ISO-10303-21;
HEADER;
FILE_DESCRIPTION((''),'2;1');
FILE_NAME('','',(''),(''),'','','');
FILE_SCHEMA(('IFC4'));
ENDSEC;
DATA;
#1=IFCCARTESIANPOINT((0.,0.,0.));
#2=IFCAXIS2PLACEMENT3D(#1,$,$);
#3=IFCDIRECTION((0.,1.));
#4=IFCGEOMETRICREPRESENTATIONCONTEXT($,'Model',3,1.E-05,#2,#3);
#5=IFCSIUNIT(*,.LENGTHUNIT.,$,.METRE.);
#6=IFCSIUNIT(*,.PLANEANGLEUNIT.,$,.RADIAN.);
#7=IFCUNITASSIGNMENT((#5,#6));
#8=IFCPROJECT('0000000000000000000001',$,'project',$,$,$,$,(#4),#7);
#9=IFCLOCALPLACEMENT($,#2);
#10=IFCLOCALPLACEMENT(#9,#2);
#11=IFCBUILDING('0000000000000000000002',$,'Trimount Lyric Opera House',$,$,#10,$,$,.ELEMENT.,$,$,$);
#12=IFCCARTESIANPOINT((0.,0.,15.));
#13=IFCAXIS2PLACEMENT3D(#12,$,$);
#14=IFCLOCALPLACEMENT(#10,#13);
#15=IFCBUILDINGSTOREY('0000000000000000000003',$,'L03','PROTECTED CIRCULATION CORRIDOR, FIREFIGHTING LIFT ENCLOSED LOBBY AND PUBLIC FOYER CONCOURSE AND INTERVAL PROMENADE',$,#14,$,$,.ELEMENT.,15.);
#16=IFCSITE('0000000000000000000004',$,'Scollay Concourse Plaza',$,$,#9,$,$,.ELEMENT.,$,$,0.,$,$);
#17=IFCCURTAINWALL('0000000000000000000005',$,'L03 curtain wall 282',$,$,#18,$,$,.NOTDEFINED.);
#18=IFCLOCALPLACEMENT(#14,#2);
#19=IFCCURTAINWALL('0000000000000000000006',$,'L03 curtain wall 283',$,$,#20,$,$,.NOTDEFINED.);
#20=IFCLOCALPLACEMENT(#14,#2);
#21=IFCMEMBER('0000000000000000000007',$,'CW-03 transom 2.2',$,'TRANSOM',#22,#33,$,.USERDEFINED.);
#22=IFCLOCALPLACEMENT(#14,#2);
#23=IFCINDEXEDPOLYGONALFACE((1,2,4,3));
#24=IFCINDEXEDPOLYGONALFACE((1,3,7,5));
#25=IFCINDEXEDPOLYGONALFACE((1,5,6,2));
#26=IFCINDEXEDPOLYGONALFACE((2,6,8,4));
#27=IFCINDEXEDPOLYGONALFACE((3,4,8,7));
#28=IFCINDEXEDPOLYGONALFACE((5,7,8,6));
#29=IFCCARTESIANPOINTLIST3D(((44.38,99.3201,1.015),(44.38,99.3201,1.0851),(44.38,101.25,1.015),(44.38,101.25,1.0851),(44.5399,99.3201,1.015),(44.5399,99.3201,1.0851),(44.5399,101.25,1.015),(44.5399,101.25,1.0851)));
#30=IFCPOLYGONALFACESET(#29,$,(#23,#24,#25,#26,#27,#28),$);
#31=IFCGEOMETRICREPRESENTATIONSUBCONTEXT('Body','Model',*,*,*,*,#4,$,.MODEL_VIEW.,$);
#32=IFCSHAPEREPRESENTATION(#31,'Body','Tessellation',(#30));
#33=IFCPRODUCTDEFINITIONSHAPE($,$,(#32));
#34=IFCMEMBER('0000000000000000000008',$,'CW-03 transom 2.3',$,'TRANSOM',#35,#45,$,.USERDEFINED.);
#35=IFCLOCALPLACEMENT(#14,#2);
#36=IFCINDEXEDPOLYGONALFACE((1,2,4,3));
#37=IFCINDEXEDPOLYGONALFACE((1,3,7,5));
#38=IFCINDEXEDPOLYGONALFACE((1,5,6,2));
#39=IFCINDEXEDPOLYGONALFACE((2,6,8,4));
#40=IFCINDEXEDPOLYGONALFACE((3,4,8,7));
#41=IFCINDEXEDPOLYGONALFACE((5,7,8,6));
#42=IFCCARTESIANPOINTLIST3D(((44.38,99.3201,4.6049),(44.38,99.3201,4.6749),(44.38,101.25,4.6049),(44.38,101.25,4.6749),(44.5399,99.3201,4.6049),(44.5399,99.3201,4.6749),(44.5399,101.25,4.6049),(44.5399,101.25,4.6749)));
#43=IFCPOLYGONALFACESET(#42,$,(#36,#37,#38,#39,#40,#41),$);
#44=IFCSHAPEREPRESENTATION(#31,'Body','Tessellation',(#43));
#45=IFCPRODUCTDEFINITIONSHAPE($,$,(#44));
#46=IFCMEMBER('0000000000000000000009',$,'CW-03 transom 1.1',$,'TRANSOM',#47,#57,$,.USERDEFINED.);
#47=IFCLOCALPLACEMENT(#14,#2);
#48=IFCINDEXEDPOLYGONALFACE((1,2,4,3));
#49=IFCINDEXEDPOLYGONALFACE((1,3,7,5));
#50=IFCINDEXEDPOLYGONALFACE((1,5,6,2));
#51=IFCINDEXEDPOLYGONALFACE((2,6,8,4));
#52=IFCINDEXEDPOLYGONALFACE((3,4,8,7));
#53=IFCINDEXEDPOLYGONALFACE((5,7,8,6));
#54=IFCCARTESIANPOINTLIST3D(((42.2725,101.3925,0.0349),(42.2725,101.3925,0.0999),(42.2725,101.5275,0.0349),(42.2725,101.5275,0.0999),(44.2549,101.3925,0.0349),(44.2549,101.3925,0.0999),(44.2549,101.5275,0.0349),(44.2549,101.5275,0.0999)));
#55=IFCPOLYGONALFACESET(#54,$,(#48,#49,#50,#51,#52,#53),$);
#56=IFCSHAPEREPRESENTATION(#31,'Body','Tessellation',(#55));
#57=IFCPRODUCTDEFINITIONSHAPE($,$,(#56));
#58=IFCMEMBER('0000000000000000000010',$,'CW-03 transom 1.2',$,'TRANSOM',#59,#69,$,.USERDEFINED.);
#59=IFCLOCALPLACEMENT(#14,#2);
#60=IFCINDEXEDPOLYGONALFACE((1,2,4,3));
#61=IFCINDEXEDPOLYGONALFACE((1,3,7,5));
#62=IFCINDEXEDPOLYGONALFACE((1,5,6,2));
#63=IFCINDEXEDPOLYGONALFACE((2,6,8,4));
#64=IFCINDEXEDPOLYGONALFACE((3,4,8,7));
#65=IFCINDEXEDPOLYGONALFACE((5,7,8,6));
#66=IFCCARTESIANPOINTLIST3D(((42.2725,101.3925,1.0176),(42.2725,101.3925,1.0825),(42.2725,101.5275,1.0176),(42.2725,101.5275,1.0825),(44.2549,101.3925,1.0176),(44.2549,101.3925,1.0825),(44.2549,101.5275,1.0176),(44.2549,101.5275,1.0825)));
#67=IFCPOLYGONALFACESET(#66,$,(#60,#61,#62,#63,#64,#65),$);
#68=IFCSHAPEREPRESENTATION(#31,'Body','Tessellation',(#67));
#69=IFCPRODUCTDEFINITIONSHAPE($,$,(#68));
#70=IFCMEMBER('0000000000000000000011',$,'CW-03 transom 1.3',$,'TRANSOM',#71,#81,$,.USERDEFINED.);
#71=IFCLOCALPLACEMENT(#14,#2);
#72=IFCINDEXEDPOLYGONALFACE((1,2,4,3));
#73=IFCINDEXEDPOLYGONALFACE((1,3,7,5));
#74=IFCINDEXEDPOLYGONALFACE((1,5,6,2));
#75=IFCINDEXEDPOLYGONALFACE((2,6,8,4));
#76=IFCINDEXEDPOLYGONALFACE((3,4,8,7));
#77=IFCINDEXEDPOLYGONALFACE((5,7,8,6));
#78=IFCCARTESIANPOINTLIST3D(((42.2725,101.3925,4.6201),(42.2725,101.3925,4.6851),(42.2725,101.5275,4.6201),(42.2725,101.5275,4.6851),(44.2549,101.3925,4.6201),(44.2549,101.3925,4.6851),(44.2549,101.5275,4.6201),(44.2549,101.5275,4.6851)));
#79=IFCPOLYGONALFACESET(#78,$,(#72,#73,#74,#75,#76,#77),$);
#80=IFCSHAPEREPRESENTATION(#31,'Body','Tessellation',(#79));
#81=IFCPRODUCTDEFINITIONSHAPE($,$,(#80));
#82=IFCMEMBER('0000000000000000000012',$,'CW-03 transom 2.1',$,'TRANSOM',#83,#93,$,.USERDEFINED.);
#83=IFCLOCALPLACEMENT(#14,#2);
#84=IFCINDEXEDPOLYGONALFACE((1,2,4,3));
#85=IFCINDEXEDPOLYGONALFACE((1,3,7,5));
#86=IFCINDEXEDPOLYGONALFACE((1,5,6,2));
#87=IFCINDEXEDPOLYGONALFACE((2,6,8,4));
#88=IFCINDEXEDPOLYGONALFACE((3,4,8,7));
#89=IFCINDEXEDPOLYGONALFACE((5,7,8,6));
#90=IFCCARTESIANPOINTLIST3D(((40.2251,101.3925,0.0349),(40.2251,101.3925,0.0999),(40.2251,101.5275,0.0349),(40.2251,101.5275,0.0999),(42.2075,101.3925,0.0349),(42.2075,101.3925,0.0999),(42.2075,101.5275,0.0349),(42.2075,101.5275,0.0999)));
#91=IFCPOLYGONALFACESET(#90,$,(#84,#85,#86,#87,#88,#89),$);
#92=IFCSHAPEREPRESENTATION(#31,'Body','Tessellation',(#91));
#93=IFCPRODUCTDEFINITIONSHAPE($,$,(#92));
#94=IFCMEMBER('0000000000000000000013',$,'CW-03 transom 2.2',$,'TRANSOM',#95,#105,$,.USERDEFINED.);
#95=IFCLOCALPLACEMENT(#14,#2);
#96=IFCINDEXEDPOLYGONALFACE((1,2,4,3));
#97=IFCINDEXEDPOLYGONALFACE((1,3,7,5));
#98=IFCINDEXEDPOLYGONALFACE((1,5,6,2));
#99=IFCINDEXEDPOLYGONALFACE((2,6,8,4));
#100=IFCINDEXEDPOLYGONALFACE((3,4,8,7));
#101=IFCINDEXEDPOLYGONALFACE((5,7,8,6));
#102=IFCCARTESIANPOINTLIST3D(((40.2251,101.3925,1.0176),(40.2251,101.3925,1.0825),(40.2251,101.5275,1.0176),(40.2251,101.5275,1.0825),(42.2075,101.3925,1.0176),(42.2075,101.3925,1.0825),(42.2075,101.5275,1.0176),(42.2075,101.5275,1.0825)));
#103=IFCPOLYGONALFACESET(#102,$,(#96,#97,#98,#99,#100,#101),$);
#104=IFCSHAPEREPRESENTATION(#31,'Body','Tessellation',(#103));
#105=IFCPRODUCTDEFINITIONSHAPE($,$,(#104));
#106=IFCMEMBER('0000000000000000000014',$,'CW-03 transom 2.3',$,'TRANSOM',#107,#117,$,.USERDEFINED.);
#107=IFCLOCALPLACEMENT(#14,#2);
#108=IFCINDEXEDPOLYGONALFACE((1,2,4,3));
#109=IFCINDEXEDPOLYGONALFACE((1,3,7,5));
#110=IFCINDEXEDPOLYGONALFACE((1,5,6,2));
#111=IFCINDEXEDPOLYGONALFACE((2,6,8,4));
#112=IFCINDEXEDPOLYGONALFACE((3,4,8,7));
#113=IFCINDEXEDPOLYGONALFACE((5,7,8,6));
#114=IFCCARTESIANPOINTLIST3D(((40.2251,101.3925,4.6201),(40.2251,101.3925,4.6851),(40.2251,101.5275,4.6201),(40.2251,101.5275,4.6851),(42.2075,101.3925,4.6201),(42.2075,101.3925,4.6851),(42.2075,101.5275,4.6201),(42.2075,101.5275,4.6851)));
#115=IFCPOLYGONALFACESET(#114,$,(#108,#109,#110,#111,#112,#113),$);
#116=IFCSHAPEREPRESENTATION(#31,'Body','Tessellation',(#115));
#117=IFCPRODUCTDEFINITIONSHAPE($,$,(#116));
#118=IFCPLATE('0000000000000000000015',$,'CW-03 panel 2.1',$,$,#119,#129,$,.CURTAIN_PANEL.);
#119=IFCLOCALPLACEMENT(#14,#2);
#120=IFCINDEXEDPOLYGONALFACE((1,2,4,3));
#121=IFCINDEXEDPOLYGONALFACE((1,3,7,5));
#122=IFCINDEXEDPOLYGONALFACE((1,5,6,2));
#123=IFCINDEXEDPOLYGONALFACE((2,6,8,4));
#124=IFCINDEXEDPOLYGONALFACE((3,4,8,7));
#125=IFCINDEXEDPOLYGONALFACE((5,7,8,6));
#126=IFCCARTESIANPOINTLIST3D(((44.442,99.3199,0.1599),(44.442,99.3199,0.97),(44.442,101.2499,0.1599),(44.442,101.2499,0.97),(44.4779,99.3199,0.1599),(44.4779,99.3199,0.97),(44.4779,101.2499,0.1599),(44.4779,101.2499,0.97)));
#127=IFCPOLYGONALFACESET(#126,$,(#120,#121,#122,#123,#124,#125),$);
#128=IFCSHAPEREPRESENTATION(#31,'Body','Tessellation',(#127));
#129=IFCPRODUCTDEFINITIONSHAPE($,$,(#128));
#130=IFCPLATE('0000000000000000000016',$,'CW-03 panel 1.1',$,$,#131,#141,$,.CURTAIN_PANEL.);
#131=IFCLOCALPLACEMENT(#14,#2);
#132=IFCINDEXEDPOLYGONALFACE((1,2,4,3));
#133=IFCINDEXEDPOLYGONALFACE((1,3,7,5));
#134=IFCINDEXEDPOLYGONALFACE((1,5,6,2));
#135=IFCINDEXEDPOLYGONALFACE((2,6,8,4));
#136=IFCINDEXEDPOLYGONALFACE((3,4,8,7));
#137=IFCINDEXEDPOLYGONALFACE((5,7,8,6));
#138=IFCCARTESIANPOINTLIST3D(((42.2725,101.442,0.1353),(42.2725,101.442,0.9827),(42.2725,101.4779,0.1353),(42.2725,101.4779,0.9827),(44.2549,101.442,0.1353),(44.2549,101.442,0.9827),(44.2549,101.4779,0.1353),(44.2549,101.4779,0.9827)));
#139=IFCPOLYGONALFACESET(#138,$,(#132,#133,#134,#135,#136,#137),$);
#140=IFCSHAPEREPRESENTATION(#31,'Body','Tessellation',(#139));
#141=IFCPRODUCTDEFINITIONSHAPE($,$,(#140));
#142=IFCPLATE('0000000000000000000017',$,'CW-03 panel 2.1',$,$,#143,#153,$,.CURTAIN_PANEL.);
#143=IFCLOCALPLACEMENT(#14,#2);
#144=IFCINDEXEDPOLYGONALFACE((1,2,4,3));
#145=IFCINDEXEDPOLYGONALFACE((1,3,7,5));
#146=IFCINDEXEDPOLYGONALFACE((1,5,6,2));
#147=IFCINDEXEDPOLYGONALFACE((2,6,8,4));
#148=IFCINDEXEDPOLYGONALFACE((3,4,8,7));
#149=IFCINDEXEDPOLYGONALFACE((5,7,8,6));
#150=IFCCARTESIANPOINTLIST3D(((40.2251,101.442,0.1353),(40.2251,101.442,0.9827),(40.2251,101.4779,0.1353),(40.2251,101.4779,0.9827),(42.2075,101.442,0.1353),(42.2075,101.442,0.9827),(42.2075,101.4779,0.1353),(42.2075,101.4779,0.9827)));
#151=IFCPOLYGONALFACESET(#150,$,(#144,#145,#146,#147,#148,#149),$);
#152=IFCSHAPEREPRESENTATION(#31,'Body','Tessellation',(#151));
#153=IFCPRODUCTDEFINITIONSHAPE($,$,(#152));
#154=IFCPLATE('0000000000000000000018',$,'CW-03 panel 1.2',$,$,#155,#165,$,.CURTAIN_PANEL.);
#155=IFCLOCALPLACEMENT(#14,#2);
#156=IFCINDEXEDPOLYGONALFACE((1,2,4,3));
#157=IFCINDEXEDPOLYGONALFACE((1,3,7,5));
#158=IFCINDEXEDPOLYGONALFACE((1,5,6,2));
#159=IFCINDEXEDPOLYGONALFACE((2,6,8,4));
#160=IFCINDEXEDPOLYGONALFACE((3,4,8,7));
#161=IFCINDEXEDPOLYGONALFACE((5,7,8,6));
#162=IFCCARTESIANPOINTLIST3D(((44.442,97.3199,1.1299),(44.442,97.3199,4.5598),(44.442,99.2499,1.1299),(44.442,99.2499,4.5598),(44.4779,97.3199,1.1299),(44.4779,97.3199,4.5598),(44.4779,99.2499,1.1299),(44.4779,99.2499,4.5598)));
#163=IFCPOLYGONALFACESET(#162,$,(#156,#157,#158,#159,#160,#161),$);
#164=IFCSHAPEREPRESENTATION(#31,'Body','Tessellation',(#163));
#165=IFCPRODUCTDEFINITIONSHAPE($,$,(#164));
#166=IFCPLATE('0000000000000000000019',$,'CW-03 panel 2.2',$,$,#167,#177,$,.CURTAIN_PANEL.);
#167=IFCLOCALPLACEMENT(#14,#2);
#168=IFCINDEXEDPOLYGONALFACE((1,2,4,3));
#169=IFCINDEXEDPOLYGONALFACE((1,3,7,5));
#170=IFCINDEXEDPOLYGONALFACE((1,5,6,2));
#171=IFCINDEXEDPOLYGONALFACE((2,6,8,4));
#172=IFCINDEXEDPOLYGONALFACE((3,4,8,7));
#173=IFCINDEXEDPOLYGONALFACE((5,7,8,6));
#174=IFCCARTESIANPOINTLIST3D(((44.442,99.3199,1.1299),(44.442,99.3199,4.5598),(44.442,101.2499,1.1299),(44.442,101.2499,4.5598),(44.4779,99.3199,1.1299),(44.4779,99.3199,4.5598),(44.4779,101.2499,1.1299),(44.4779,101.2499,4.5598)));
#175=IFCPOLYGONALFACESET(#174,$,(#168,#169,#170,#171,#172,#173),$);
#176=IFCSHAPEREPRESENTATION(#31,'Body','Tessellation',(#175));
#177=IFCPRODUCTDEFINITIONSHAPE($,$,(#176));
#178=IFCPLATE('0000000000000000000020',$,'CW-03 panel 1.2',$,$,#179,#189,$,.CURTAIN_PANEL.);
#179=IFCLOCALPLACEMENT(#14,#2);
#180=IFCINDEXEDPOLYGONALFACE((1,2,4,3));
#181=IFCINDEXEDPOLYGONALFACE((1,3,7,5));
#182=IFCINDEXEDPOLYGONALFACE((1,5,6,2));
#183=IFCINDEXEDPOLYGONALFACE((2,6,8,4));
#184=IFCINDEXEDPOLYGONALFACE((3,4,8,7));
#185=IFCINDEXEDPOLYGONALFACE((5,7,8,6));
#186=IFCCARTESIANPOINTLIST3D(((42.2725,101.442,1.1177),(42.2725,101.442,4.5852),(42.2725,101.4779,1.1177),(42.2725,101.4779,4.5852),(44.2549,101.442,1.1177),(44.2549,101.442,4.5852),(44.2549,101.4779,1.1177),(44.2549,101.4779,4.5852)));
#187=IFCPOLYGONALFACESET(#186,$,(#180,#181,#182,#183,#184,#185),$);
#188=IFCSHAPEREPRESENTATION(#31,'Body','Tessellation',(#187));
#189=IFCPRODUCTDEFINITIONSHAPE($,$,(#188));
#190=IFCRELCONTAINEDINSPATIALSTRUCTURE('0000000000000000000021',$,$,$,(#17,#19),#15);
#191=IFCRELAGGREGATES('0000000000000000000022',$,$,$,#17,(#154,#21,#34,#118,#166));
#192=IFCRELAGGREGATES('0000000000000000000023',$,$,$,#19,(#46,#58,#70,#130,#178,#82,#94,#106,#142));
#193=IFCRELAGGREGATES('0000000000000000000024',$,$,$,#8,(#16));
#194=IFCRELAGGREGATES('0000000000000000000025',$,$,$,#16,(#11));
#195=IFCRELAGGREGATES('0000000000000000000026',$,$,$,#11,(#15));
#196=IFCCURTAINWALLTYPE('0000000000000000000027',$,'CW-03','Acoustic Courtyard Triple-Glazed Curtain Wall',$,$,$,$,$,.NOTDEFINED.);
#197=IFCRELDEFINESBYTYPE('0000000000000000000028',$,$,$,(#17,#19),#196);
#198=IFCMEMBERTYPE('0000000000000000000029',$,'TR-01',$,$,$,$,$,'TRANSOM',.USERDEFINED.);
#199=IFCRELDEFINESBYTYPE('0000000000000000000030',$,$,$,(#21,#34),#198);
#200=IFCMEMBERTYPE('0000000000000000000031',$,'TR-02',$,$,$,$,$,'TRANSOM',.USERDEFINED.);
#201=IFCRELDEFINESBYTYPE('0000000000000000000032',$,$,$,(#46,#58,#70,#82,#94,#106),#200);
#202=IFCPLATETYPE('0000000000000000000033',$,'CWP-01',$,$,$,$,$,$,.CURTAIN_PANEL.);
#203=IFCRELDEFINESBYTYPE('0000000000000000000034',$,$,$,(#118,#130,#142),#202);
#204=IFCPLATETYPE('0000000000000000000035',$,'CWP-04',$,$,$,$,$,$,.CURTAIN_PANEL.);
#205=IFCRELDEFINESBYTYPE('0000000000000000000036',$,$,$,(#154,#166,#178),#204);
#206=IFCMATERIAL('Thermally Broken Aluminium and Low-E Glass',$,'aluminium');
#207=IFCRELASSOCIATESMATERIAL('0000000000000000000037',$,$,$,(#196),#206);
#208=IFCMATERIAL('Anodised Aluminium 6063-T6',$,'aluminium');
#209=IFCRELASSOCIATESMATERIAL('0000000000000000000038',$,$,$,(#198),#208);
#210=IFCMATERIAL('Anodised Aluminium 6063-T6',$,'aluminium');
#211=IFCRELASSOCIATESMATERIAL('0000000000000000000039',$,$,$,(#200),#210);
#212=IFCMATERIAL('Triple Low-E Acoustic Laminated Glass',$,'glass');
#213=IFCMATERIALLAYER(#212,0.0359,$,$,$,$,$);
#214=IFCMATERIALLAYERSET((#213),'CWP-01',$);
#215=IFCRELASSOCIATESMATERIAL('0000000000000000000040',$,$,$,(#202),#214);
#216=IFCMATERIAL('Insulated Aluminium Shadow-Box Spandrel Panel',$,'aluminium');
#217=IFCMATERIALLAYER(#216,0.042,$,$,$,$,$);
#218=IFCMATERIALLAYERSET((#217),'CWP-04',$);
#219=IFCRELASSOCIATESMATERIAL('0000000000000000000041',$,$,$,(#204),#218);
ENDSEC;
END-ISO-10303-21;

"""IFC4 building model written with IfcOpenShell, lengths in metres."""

from ifc_helpers import new_model, si_unit, direction, frame, origin, origin_2d, place, context, subcontext, project, spatial, rectangle, extrude, material, layer, layer_set, material_profile, profile_set, type_object, element, aggregate, save


model = new_model("IFC4")

# Units and contexts
model_context = context("Model", 3, precision=1e-05, world=origin(), true_north=direction((0.0, 1.0)))
body_context = subcontext(model_context, "Body", "Model", "MODEL_VIEW")
ifc_project = project(units=[si_unit("LENGTHUNIT", "METRE"), si_unit("PLANEANGLEUNIT", "RADIAN")], contexts=[model_context])

# Site, building, storey
site_placement = place(None, origin())
site = spatial("IfcSite", under=ifc_project, at=site_placement, Name="Scollay Concourse Plaza", CompositionType="ELEMENT", RefElevation=0.0)
building_placement = place(site_placement, origin())
building = spatial("IfcBuilding", under=site, at=building_placement, Name="Trimount Lyric Opera House", CompositionType="ELEMENT")
storey_placement = place(building_placement, frame((0.0, 0.0, 15.0)))
storey = spatial("IfcBuildingStorey", under=building, at=storey_placement, Name="L03", Description="PROTECTED CIRCULATION CORRIDOR, FIREFIGHTING LIFT ENCLOSED LOBBY AND PUBLIC FOYER CONCOURSE AND INTERVAL PROMENADE", CompositionType="ELEMENT", Elevation=15.0)

# Curtain walls
ifc_material_1 = material(Name="Thermally Broken Aluminium and Low-E Glass", Category="aluminium")
curtain_wall_type = type_object("IfcCurtainWallType", Name="CW-03", Description="Acoustic Courtyard Triple-Glazed Curtain Wall", PredefinedType="NOTDEFINED", material=ifc_material_1)
curtain_wall_1_placement = place(storey_placement, origin())
curtain_wall_1 = element("IfcCurtainWall", 1, at=curtain_wall_1_placement, inside=storey, type_object=curtain_wall_type, Name="L03 curtain wall 282", PredefinedType="NOTDEFINED")
curtain_wall_2_placement = place(storey_placement, origin())
curtain_wall_2 = element("IfcCurtainWall", 2, at=curtain_wall_2_placement, inside=storey, type_object=curtain_wall_type, Name="L03 curtain wall 283", PredefinedType="NOTDEFINED")

# Members
ifc_material_2 = material(Name="Anodised Aluminium 6063-T6", Category="aluminium")
ifc_material_profile_1 = material_profile(ifc_material_2, rectangle(XDim=0.1599, YDim=0.0701, at=origin_2d()), Name="ALU-TRAN-70X160")
ifc_profile_set_1 = profile_set([ifc_material_profile_1], Name="Anodised Aluminium 6063-T6")
member_type_1 = type_object("IfcMemberType", Name="TR-01", ElementType="TRANSOM", PredefinedType="USERDEFINED", material=ifc_profile_set_1)
member_1_placement = place(storey_placement, frame((44.46, 99.3201, 1.05), z_axis=(0.0, 1.0, 0.0), x_axis=(-1.0, 0.0, 0.0)))
member_1 = element("IfcMember", 3, at=member_1_placement, type_object=member_type_1, Name="CW-03 transom 2.2", ObjectType="TRANSOM", PredefinedType="USERDEFINED", context=body_context, shape_type="SweptSolid", body=[
    extrude(rectangle(XDim=0.1599, YDim=0.0701, at=origin_2d()), origin(), (0.0, 0.0, 1.0), 1.9299),
])
member_2_placement = place(storey_placement, frame((44.46, 99.3201, 4.6399), z_axis=(0.0, 1.0, 0.0), x_axis=(-1.0, 0.0, 0.0)))
member_2 = element("IfcMember", 4, at=member_2_placement, type_object=member_type_1, Name="CW-03 transom 2.3", ObjectType="TRANSOM", PredefinedType="USERDEFINED", context=body_context, shape_type="SweptSolid", body=[
    extrude(rectangle(XDim=0.1599, YDim=0.0701, at=origin_2d()), origin(), (0.0, 0.0, 1.0), 1.9299),
])
ifc_material_3 = material(Name="Anodised Aluminium 6063-T6", Category="aluminium")
ifc_material_profile_2 = material_profile(ifc_material_3, rectangle(XDim=0.135, YDim=0.0649, at=origin_2d()), Name="ALU-TRAN-65X135")
ifc_profile_set_2 = profile_set([ifc_material_profile_2], Name="Anodised Aluminium 6063-T6")
member_type_2 = type_object("IfcMemberType", Name="TR-02", ElementType="TRANSOM", PredefinedType="USERDEFINED", material=ifc_profile_set_2)
member_3_placement = place(storey_placement, frame((44.2549, 101.46, 0.0674), z_axis=(-1.0, 0.0, 0.0), x_axis=(0.0, -1.0, 0.0)))
member_3 = element("IfcMember", 5, at=member_3_placement, type_object=member_type_2, Name="CW-03 transom 1.1", ObjectType="TRANSOM", PredefinedType="USERDEFINED", context=body_context, shape_type="SweptSolid", body=[
    extrude(rectangle(XDim=0.135, YDim=0.0649, at=origin_2d()), origin(), (0.0, 0.0, 1.0), 1.9824),
])
member_4_placement = place(storey_placement, frame((44.2549, 101.46, 1.05), z_axis=(-1.0, 0.0, 0.0), x_axis=(0.0, -1.0, 0.0)))
member_4 = element("IfcMember", 6, at=member_4_placement, type_object=member_type_2, Name="CW-03 transom 1.2", ObjectType="TRANSOM", PredefinedType="USERDEFINED", context=body_context, shape_type="SweptSolid", body=[
    extrude(rectangle(XDim=0.135, YDim=0.0649, at=origin_2d()), origin(), (0.0, 0.0, 1.0), 1.9824),
])
member_5_placement = place(storey_placement, frame((44.2549, 101.46, 4.6526), z_axis=(-1.0, 0.0, 0.0), x_axis=(0.0, -1.0, 0.0)))
member_5 = element("IfcMember", 7, at=member_5_placement, type_object=member_type_2, Name="CW-03 transom 1.3", ObjectType="TRANSOM", PredefinedType="USERDEFINED", context=body_context, shape_type="SweptSolid", body=[
    extrude(rectangle(XDim=0.135, YDim=0.0649, at=origin_2d()), origin(), (0.0, 0.0, 1.0), 1.9824),
])
member_6_placement = place(storey_placement, frame((42.2075, 101.46, 0.0674), z_axis=(-1.0, 0.0, 0.0), x_axis=(0.0, -1.0, 0.0)))
member_6 = element("IfcMember", 8, at=member_6_placement, type_object=member_type_2, Name="CW-03 transom 2.1", ObjectType="TRANSOM", PredefinedType="USERDEFINED", context=body_context, shape_type="SweptSolid", body=[
    extrude(rectangle(XDim=0.135, YDim=0.0649, at=origin_2d()), origin(), (0.0, 0.0, 1.0), 1.9824),
])
member_7_placement = place(storey_placement, frame((42.2075, 101.46, 1.05), z_axis=(-1.0, 0.0, 0.0), x_axis=(0.0, -1.0, 0.0)))
member_7 = element("IfcMember", 9, at=member_7_placement, type_object=member_type_2, Name="CW-03 transom 2.2", ObjectType="TRANSOM", PredefinedType="USERDEFINED", context=body_context, shape_type="SweptSolid", body=[
    extrude(rectangle(XDim=0.135, YDim=0.0649, at=origin_2d()), origin(), (0.0, 0.0, 1.0), 1.9824),
])
member_8_placement = place(storey_placement, frame((42.2075, 101.46, 4.6526), z_axis=(-1.0, 0.0, 0.0), x_axis=(0.0, -1.0, 0.0)))
member_8 = element("IfcMember", 10, at=member_8_placement, type_object=member_type_2, Name="CW-03 transom 2.3", ObjectType="TRANSOM", PredefinedType="USERDEFINED", context=body_context, shape_type="SweptSolid", body=[
    extrude(rectangle(XDim=0.135, YDim=0.0649, at=origin_2d()), origin(), (0.0, 0.0, 1.0), 1.9824),
])

# Plates
ifc_material_4 = material(Name="Triple Low-E Acoustic Laminated Glass", Category="glass")
ifc_layer_1 = layer(ifc_material_4, 0.0359)
ifc_layer_set_1 = layer_set([ifc_layer_1], Name="CWP-01")
plate_type_1 = type_object("IfcPlateType", Name="CWP-01", PredefinedType="CURTAIN_PANEL", material=ifc_layer_set_1)
plate_1_placement = place(storey_placement, frame((44.46, 100.2849, 0.1599), z_axis=(0.0, 0.0, 1.0), x_axis=(0.0, 1.0, 0.0)))
plate_1 = element("IfcPlate", 11, at=plate_1_placement, type_object=plate_type_1, Name="CW-03 panel 2.1", PredefinedType="CURTAIN_PANEL", context=body_context, shape_type="SweptSolid", body=[
    extrude(rectangle(XDim=1.9299, YDim=0.0359, at=origin_2d()), origin(), (0.0, 0.0, 1.0), 0.8101),
])
plate_2_placement = place(storey_placement, frame((43.2637, 101.46, 0.1353), z_axis=(0.0, 0.0, 1.0), x_axis=(-1.0, 0.0, 0.0)))
plate_2 = element("IfcPlate", 12, at=plate_2_placement, type_object=plate_type_1, Name="CW-03 panel 1.1", PredefinedType="CURTAIN_PANEL", context=body_context, shape_type="SweptSolid", body=[
    extrude(rectangle(XDim=1.9824, YDim=0.0359, at=origin_2d()), origin(), (0.0, 0.0, 1.0), 0.8474),
])
plate_3_placement = place(storey_placement, frame((41.2163, 101.46, 0.1353), z_axis=(0.0, 0.0, 1.0), x_axis=(-1.0, 0.0, 0.0)))
plate_3 = element("IfcPlate", 13, at=plate_3_placement, type_object=plate_type_1, Name="CW-03 panel 2.1", PredefinedType="CURTAIN_PANEL", context=body_context, shape_type="SweptSolid", body=[
    extrude(rectangle(XDim=1.9824, YDim=0.0359, at=origin_2d()), origin(), (0.0, 0.0, 1.0), 0.8474),
])
ifc_material_5 = material(Name="Insulated Aluminium Shadow-Box Spandrel Panel", Category="aluminium")
ifc_layer_2 = layer(ifc_material_5, 0.042)
ifc_layer_set_2 = layer_set([ifc_layer_2], Name="CWP-04")
plate_type_2 = type_object("IfcPlateType", Name="CWP-04", PredefinedType="CURTAIN_PANEL", material=ifc_layer_set_2)
plate_4_placement = place(storey_placement, frame((44.46, 98.2849, 1.1299), z_axis=(0.0, 0.0, 1.0), x_axis=(0.0, 1.0, 0.0)))
plate_4 = element("IfcPlate", 14, at=plate_4_placement, type_object=plate_type_2, Name="CW-03 panel 1.2", PredefinedType="CURTAIN_PANEL", context=body_context, shape_type="SweptSolid", body=[
    extrude(rectangle(XDim=1.9299, YDim=0.0359, at=origin_2d()), origin(), (0.0, 0.0, 1.0), 3.4299),
])
plate_5_placement = place(storey_placement, frame((44.46, 100.2849, 1.1299), z_axis=(0.0, 0.0, 1.0), x_axis=(0.0, 1.0, 0.0)))
plate_5 = element("IfcPlate", 15, at=plate_5_placement, type_object=plate_type_2, Name="CW-03 panel 2.2", PredefinedType="CURTAIN_PANEL", context=body_context, shape_type="SweptSolid", body=[
    extrude(rectangle(XDim=1.9299, YDim=0.0359, at=origin_2d()), origin(), (0.0, 0.0, 1.0), 3.4299),
])
aggregate(curtain_wall_1, [plate_4, member_1, member_2, plate_1, plate_5])
plate_6_placement = place(storey_placement, frame((43.2637, 101.46, 1.1177), z_axis=(0.0, 0.0, 1.0), x_axis=(-1.0, 0.0, 0.0)))
plate_6 = element("IfcPlate", 16, at=plate_6_placement, type_object=plate_type_2, Name="CW-03 panel 1.2", PredefinedType="CURTAIN_PANEL", context=body_context, shape_type="SweptSolid", body=[
    extrude(rectangle(XDim=1.9824, YDim=0.0359, at=origin_2d()), origin(), (0.0, 0.0, 1.0), 3.4675),
])
aggregate(curtain_wall_2, [member_3, member_4, member_5, plate_2, plate_6, member_6, member_7, member_8, plate_3])

save(model, "model.ifc")
